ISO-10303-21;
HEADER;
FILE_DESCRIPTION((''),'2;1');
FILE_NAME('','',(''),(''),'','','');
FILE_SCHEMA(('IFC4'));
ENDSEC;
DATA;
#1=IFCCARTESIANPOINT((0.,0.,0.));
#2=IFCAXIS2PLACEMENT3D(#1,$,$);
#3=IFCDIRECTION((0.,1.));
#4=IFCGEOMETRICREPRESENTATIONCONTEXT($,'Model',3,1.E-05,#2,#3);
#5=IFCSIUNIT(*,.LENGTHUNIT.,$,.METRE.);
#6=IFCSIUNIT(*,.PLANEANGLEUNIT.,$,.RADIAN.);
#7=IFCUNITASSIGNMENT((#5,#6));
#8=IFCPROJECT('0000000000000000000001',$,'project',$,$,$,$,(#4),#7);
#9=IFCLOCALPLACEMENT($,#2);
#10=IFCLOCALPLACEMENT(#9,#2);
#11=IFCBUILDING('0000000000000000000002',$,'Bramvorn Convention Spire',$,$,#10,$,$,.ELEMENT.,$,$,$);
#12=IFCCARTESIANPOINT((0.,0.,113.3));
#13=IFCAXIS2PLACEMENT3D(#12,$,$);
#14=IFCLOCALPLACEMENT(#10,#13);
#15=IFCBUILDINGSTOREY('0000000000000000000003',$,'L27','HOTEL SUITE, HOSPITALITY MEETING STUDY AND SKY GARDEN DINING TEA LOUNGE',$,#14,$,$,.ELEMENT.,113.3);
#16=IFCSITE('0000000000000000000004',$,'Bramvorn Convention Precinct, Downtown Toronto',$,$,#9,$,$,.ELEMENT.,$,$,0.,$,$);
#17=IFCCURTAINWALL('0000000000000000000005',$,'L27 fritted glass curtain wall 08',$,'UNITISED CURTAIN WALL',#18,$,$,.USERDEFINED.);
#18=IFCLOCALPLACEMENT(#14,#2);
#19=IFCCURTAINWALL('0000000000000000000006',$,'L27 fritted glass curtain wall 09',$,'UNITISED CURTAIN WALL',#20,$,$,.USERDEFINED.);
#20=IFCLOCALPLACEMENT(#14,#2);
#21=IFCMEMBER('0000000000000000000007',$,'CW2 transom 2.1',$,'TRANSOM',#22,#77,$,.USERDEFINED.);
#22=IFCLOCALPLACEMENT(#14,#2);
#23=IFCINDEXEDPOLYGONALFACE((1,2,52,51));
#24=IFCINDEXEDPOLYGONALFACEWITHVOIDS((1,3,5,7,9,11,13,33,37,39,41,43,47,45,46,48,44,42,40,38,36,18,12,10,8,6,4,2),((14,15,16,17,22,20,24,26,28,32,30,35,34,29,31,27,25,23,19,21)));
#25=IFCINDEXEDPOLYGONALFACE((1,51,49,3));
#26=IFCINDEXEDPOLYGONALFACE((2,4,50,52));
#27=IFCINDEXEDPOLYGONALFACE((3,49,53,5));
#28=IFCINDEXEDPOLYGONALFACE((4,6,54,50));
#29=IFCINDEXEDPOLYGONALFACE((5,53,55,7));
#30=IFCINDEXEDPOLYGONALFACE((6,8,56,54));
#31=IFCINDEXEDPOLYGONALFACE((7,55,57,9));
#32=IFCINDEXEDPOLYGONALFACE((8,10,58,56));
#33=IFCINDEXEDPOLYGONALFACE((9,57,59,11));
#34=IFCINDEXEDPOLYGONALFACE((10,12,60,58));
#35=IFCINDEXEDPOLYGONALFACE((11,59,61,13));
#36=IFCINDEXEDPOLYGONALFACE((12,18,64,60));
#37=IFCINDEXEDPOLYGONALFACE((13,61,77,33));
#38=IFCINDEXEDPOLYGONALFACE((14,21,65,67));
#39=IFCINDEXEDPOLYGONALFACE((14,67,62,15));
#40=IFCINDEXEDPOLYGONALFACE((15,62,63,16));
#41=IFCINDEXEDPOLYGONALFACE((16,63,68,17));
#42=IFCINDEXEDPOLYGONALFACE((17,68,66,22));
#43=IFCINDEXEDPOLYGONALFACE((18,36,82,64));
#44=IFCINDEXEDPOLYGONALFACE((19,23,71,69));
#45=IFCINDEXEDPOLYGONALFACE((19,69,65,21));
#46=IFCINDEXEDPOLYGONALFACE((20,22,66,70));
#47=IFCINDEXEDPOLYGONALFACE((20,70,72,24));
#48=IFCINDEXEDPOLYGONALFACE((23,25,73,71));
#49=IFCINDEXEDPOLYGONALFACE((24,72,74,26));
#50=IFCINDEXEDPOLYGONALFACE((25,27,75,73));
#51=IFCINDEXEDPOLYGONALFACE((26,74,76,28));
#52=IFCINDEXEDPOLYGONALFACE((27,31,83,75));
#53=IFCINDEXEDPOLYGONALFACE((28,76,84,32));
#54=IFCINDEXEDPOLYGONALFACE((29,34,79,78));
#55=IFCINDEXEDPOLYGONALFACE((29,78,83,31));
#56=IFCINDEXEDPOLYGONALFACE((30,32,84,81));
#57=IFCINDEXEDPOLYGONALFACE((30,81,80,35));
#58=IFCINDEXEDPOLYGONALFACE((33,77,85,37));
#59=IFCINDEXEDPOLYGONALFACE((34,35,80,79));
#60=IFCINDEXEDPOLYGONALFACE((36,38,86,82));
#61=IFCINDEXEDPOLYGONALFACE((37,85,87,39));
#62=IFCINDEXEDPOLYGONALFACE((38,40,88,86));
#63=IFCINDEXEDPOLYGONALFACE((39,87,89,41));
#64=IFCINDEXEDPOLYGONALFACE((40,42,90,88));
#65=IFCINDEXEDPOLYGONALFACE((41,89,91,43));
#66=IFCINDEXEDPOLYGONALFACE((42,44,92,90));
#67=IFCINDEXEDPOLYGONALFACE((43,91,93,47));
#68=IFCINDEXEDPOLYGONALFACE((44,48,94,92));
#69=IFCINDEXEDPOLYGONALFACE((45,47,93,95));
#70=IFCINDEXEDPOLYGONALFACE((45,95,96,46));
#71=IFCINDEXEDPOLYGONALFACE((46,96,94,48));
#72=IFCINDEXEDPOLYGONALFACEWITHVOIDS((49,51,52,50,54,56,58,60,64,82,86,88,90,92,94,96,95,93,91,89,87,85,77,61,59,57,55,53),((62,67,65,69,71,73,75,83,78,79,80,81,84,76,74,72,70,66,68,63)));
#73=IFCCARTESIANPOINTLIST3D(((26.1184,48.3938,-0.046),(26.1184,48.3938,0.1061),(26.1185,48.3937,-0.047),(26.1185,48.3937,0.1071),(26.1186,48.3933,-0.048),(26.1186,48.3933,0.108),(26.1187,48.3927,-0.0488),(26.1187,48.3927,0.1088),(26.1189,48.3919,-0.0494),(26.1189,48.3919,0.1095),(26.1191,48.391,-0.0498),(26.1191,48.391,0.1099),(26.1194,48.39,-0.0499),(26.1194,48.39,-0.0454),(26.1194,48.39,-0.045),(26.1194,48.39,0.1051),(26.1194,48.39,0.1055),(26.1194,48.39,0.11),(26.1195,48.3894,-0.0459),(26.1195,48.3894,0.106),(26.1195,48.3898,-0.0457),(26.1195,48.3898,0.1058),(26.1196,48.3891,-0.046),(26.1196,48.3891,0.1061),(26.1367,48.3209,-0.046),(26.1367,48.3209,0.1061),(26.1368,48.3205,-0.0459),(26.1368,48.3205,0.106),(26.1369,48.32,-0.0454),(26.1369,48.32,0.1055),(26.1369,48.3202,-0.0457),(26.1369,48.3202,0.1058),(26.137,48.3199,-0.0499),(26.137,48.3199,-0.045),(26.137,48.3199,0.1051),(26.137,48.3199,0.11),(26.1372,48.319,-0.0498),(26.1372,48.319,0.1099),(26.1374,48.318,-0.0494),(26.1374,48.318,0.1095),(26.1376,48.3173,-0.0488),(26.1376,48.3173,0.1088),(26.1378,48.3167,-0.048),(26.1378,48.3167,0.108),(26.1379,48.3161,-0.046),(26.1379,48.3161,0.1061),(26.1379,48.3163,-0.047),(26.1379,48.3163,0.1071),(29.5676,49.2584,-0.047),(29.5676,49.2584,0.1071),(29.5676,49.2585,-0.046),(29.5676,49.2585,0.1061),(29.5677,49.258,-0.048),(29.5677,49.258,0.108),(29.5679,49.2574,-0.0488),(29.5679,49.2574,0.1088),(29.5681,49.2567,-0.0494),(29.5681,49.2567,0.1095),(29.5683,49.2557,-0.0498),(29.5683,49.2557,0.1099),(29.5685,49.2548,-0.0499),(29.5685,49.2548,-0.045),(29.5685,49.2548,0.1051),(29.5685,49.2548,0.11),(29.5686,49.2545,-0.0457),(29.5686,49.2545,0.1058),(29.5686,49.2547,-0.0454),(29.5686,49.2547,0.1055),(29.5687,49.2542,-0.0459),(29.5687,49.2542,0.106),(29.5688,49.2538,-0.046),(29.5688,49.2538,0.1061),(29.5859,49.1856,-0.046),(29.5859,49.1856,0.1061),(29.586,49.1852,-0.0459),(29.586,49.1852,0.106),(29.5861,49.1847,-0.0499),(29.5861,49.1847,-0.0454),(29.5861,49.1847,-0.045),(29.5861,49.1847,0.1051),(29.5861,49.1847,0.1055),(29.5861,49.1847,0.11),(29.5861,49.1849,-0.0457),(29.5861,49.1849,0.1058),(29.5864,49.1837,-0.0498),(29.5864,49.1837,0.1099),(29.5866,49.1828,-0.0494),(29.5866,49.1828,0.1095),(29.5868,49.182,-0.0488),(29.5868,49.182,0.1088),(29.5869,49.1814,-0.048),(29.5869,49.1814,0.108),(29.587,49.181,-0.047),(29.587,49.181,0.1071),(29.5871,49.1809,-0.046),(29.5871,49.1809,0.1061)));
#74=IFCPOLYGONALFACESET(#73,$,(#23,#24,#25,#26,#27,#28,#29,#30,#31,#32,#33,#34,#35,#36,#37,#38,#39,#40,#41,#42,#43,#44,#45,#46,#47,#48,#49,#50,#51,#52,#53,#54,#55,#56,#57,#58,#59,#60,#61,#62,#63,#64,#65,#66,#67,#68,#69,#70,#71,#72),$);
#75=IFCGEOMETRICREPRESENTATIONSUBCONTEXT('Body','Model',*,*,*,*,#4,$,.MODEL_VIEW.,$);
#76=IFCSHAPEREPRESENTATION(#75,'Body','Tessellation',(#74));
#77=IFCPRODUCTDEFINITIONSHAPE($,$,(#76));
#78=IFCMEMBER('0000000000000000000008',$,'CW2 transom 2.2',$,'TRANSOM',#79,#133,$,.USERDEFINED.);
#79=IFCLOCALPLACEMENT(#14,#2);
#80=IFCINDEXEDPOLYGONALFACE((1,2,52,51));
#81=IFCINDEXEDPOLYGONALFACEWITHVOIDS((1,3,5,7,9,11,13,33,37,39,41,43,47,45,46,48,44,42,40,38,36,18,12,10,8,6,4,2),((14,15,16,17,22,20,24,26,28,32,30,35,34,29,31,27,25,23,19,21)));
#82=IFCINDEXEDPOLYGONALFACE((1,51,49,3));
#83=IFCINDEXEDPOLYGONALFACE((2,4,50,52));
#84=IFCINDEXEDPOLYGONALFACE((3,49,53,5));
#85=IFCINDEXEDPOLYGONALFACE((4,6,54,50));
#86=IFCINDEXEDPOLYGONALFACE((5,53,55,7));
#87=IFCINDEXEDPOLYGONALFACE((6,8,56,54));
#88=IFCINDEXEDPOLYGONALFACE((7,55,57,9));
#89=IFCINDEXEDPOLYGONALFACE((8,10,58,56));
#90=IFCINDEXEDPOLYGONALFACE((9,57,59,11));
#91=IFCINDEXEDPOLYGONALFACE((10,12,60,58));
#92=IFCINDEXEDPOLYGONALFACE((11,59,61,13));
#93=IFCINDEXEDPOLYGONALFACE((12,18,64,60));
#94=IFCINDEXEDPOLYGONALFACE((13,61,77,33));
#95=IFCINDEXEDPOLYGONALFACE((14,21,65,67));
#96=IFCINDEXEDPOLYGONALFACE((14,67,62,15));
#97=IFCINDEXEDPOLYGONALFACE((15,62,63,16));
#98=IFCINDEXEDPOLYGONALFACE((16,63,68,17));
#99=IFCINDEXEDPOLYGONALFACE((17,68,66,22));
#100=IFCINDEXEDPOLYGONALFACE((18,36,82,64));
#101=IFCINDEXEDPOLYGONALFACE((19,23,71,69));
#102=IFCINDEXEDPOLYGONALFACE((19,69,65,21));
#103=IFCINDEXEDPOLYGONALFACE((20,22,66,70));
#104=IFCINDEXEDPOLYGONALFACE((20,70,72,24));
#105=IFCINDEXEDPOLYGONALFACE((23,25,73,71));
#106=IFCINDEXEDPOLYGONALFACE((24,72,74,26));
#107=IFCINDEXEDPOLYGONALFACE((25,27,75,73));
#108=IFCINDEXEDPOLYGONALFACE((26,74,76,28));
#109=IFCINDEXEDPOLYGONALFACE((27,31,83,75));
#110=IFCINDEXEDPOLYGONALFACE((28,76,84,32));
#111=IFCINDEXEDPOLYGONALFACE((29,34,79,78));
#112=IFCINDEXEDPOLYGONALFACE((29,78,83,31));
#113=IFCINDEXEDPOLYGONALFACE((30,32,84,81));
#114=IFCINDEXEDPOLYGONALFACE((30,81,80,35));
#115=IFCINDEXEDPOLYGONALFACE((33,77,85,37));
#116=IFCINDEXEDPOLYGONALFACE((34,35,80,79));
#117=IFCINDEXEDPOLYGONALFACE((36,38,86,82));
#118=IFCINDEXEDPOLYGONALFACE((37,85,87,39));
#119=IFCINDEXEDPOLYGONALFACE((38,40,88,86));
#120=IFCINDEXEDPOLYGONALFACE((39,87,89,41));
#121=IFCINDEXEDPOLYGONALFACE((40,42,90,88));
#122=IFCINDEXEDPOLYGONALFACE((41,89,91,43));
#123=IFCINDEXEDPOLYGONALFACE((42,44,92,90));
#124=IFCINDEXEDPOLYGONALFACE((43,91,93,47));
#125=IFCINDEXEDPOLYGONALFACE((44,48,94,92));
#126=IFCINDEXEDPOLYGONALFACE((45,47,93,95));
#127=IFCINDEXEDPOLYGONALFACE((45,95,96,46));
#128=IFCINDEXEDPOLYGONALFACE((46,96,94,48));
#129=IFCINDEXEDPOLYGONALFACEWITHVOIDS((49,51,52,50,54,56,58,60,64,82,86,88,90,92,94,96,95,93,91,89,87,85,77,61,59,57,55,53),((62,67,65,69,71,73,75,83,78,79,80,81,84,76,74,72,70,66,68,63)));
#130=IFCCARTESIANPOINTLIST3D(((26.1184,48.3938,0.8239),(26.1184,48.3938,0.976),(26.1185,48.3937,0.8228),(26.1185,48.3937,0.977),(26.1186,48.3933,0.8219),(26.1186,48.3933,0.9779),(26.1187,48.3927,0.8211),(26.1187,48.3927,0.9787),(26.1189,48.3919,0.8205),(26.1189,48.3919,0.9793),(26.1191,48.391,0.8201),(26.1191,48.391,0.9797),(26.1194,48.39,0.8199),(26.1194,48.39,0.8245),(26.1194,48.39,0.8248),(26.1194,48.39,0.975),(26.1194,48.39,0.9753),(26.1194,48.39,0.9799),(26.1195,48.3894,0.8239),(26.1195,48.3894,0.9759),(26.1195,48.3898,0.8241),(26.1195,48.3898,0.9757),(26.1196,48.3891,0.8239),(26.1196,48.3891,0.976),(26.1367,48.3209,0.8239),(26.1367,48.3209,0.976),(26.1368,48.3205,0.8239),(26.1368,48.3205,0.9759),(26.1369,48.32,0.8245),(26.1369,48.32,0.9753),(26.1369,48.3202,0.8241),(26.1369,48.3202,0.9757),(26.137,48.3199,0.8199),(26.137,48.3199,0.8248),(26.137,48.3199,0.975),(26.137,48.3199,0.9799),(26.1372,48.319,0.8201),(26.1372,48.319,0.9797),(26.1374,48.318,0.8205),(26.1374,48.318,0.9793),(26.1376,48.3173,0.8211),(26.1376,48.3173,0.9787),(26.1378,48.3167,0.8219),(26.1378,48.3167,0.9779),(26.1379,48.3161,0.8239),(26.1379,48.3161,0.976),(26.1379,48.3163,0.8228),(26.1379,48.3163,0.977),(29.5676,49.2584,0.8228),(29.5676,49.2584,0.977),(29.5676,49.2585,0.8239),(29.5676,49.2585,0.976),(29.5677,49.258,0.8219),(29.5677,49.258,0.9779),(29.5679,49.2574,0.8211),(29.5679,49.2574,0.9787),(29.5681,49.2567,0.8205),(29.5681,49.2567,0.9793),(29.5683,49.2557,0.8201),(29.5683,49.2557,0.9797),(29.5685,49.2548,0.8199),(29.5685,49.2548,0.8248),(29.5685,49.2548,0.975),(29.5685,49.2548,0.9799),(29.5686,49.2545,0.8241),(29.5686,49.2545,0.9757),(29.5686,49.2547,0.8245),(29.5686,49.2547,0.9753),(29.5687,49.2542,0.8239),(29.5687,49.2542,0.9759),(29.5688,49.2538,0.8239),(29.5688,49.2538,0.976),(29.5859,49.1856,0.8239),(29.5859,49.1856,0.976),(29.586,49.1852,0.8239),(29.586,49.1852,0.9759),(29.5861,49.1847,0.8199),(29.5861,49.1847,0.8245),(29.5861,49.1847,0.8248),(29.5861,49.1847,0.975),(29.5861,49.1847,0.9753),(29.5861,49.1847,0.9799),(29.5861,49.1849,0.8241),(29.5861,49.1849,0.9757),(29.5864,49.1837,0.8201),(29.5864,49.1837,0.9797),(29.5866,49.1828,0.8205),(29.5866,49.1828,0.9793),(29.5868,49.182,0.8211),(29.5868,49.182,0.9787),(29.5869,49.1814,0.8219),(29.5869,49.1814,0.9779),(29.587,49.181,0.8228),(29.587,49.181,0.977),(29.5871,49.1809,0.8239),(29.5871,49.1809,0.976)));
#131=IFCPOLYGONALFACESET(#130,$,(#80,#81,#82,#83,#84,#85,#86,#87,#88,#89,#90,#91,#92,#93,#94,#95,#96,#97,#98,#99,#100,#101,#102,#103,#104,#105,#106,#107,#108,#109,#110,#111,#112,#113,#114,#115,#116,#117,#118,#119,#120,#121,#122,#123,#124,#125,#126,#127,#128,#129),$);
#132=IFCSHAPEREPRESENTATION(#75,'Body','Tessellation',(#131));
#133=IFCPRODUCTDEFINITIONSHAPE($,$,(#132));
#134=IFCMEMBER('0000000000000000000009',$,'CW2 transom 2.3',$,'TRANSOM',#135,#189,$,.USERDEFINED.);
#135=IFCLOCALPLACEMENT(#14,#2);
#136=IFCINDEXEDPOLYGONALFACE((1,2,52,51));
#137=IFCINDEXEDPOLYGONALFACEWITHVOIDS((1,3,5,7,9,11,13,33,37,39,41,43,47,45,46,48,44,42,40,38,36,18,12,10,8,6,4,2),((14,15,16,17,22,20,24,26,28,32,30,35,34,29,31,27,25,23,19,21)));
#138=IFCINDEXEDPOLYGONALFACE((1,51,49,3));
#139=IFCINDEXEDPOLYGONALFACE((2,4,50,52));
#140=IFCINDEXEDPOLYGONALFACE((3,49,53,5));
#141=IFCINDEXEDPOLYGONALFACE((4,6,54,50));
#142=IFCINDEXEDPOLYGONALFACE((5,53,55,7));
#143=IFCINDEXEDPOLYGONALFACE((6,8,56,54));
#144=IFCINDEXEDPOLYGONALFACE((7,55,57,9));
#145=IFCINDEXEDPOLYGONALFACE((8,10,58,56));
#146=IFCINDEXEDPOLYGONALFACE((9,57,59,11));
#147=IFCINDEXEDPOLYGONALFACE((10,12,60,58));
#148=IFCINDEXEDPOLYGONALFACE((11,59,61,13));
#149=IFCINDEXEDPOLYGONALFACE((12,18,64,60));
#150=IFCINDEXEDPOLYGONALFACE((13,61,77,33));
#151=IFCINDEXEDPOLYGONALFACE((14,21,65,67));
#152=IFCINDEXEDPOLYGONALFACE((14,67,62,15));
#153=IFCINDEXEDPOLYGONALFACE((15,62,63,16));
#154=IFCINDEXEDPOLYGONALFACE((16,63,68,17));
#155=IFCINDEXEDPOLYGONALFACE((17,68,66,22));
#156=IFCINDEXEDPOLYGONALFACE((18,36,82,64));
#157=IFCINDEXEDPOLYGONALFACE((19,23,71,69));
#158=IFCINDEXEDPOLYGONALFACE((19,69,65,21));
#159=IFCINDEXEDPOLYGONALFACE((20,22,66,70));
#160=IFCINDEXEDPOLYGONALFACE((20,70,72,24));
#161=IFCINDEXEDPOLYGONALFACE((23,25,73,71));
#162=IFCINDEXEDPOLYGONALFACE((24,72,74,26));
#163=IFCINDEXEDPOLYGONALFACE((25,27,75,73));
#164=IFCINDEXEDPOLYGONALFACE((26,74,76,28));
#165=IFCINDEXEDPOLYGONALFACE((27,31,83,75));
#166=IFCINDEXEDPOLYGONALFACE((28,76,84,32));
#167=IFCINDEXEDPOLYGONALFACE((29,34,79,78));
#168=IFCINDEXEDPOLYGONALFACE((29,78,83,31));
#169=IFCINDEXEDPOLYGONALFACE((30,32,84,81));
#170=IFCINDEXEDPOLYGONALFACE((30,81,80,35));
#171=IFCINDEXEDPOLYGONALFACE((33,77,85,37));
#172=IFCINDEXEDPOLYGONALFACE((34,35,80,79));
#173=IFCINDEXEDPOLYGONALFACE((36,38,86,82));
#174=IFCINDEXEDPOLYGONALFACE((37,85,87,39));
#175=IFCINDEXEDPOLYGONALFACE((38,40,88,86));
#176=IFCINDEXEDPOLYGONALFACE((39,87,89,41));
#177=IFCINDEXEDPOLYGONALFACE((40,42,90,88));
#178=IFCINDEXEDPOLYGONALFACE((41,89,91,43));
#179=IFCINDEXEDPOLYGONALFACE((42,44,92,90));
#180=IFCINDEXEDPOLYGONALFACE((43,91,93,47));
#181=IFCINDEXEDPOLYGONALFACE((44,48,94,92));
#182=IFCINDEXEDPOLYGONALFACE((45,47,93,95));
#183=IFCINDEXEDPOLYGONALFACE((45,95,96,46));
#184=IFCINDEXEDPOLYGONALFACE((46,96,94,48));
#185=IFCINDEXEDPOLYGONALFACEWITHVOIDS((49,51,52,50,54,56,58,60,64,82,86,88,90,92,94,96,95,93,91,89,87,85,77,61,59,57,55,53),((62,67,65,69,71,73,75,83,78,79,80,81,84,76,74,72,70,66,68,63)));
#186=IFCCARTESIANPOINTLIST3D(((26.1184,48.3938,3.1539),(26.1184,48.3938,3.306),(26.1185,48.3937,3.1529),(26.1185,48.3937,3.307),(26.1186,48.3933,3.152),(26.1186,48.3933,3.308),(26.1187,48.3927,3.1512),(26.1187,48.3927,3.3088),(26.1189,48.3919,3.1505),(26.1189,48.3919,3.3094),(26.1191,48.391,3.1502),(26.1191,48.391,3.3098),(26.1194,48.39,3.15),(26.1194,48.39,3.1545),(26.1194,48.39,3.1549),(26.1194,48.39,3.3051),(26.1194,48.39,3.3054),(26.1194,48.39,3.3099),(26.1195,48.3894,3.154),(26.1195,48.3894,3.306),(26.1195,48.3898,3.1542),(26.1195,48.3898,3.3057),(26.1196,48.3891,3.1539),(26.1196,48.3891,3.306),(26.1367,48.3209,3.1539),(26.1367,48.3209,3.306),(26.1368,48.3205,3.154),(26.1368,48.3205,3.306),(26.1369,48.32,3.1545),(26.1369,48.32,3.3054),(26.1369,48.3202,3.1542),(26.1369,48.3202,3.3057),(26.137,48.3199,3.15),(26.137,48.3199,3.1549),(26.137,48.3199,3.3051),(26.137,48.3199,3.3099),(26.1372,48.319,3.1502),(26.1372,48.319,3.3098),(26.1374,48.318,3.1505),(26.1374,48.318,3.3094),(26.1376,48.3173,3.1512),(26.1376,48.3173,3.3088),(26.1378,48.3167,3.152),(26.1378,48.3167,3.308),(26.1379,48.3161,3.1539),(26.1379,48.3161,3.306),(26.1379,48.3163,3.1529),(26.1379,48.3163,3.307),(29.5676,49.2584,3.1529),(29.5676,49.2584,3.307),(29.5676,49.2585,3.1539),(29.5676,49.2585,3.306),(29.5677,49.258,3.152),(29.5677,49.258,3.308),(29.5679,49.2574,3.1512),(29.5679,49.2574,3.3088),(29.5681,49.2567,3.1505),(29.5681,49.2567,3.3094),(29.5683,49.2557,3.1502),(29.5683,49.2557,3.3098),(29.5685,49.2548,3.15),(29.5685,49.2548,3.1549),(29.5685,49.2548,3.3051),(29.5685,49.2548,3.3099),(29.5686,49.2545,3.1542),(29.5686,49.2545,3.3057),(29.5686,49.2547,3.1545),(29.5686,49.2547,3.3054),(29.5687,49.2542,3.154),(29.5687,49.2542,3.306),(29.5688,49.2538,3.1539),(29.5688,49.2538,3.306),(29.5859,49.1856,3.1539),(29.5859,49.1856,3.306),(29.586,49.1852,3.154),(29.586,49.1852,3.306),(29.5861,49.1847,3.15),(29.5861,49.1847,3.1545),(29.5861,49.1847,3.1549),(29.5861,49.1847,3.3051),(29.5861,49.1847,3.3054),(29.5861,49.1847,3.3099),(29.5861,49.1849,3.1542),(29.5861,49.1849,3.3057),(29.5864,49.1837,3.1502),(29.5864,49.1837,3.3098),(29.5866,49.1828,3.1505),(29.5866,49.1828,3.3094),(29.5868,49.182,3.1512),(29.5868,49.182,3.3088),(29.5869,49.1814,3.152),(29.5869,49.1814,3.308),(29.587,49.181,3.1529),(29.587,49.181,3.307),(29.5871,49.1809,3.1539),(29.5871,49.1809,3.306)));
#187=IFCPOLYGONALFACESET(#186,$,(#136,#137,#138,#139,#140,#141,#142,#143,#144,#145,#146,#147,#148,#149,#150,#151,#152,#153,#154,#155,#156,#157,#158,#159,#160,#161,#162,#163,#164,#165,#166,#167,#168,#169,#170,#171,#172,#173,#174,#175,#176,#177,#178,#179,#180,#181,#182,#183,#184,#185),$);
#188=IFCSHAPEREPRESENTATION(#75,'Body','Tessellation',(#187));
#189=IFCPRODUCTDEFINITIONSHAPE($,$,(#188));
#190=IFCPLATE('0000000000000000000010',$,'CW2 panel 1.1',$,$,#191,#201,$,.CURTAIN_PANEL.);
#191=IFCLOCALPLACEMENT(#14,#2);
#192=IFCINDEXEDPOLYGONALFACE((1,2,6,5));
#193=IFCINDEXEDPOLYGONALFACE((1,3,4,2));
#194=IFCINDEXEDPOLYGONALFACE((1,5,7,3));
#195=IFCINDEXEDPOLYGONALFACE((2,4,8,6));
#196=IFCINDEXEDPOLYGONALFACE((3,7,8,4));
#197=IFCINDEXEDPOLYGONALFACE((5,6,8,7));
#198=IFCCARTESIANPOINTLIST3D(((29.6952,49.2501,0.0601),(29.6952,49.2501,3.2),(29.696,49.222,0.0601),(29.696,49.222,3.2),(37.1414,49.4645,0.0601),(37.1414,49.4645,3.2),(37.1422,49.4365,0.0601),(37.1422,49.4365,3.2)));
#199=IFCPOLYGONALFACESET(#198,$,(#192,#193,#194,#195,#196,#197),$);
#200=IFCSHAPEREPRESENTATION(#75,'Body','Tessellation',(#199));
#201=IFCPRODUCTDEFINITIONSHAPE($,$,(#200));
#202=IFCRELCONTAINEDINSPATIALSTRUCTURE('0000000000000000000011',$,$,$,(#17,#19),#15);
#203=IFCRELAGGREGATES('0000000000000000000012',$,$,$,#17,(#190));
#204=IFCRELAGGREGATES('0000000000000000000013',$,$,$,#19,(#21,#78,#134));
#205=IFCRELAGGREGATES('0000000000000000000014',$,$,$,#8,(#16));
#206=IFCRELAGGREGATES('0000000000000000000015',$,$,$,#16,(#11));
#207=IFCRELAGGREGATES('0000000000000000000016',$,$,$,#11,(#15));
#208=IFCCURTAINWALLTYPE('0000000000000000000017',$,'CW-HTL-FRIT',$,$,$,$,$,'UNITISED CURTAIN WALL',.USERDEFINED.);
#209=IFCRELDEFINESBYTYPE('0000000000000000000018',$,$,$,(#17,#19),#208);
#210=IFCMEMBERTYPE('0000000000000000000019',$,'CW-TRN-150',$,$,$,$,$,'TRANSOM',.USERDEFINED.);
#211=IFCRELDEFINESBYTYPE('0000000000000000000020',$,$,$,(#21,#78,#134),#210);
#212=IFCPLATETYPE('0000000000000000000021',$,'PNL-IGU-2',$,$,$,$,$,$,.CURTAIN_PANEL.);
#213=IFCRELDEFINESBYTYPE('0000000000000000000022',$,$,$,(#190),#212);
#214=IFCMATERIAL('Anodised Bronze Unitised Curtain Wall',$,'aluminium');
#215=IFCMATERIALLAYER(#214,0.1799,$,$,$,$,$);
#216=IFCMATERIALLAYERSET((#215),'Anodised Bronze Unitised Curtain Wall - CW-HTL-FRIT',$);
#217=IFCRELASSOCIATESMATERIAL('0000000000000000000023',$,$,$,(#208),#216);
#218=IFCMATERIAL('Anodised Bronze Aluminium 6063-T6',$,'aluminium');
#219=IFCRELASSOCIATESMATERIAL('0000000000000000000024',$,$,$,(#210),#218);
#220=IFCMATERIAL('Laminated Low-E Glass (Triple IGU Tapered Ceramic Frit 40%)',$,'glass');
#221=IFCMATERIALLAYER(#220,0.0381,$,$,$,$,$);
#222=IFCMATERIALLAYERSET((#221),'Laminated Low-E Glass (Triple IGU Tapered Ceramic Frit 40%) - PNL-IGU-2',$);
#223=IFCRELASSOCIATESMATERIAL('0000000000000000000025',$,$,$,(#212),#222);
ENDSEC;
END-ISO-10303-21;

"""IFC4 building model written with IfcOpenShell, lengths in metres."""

from ifc_helpers import new_model, si_unit, direction, frame, origin, origin_2d, place, context, subcontext, project, spatial, rectangle, hollow_rectangle, extrude, material, layer, layer_set, material_profile, profile_set, type_object, element, aggregate, save


model = new_model("IFC4")

# Units and contexts
model_context = context("Model", 3, precision=1e-05, world=origin(), true_north=direction((0.0, 1.0)))
body_context = subcontext(model_context, "Body", "Model", "MODEL_VIEW")
ifc_project = project(units=[si_unit("LENGTHUNIT", "METRE"), si_unit("PLANEANGLEUNIT", "RADIAN")], contexts=[model_context])

# Site, building, storey
site_placement = place(None, origin())
site = spatial("IfcSite", under=ifc_project, at=site_placement, Name="Bramvorn Convention Precinct, Downtown Toronto", CompositionType="ELEMENT", RefElevation=0.0)
building_placement = place(site_placement, origin())
building = spatial("IfcBuilding", under=site, at=building_placement, Name="Bramvorn Convention Spire", CompositionType="ELEMENT")
storey_placement = place(building_placement, frame((0.0, 0.0, 113.3)))
storey = spatial("IfcBuildingStorey", under=building, at=storey_placement, Name="L27", Description="HOTEL SUITE, HOSPITALITY MEETING STUDY AND SKY GARDEN DINING TEA LOUNGE", CompositionType="ELEMENT", Elevation=113.3)

# Curtain wall
ifc_material_1 = material(Name="Anodised Bronze Unitised Curtain Wall", Category="aluminium")
ifc_layer_1 = layer(ifc_material_1, 0.1799)
ifc_layer_set_1 = layer_set([ifc_layer_1], Name="Anodised Bronze Unitised Curtain Wall - CW-HTL-FRIT")
curtain_wall_type = type_object("IfcCurtainWallType", Name="CW-HTL-FRIT", ElementType="UNITISED CURTAIN WALL", PredefinedType="USERDEFINED", material=ifc_layer_set_1)
curtain_wall_1_placement = place(storey_placement, origin())
curtain_wall_1 = element("IfcCurtainWall", 1, at=curtain_wall_1_placement, inside=storey, type_object=curtain_wall_type, Name="L27 fritted glass curtain wall 08", ObjectType="UNITISED CURTAIN WALL", PredefinedType="USERDEFINED")
ifc_material_2 = material(Name="Anodised Bronze Aluminium 6063-T6", Category="aluminium")

# Curtain wall
curtain_wall_2_placement = place(storey_placement, origin())
curtain_wall_2 = element("IfcCurtainWall", 2, at=curtain_wall_2_placement, inside=storey, type_object=curtain_wall_type, Name="L27 fritted glass curtain wall 09", ObjectType="UNITISED CURTAIN WALL", PredefinedType="USERDEFINED")

# Members
ifc_material_profile_1 = material_profile(ifc_material_2, hollow_rectangle(XDim=0.0801, YDim=0.1599, WallThickness=0.0039, InnerFilletRadius=0.001, OuterFilletRadius=0.0039, at=origin_2d()))
ifc_profile_set_1 = profile_set([ifc_material_profile_1], Name="Anodised Bronze Aluminium 6063-T6 - CWT80X160")
member_type_1 = type_object("IfcMemberType", Name="CW-TRN-150", ElementType="TRANSOM", PredefinedType="USERDEFINED", material=ifc_profile_set_1)
member_1_placement = place(storey_placement, frame((26.1282, 48.355, 0.03), z_axis=(0.969981, 0.243182, 0.0), x_axis=(-0.243182, 0.969981, 0.0)))
member_1 = element("IfcMember", 3, at=member_1_placement, type_object=member_type_1, Name="CW2 transom 2.1", ObjectType="TRANSOM", PredefinedType="USERDEFINED", context=body_context, shape_type="SweptSolid", body=[
    extrude(hollow_rectangle(XDim=0.0801, YDim=0.1599, WallThickness=0.0039, InnerFilletRadius=0.001, OuterFilletRadius=0.0039, at=origin_2d()), origin(), (0.0, 0.0, 1.0), 3.5559),
])
member_2_placement = place(storey_placement, frame((26.1282, 48.355, 0.8999), z_axis=(0.969981, 0.243182, 0.0), x_axis=(-0.243182, 0.969981, 0.0)))
member_2 = element("IfcMember", 4, at=member_2_placement, type_object=member_type_1, Name="CW2 transom 2.2", ObjectType="TRANSOM", PredefinedType="USERDEFINED", context=body_context, shape_type="SweptSolid", body=[
    extrude(hollow_rectangle(XDim=0.0801, YDim=0.1599, WallThickness=0.0039, InnerFilletRadius=0.001, OuterFilletRadius=0.0039, at=origin_2d()), origin(), (0.0, 0.0, 1.0), 3.5559),
])
member_3_placement = place(storey_placement, frame((26.1282, 48.355, 3.23), z_axis=(0.969981, 0.243182, 0.0), x_axis=(-0.243182, 0.969981, 0.0)))
member_3 = element("IfcMember", 5, at=member_3_placement, type_object=member_type_1, Name="CW2 transom 2.3", ObjectType="TRANSOM", PredefinedType="USERDEFINED", context=body_context, shape_type="SweptSolid", body=[
    extrude(hollow_rectangle(XDim=0.0801, YDim=0.1599, WallThickness=0.0039, InnerFilletRadius=0.001, OuterFilletRadius=0.0039, at=origin_2d()), origin(), (0.0, 0.0, 1.0), 3.5559),
])

# Plate
ifc_material_3 = material(Name="Laminated Low-E Glass (Triple IGU Tapered Ceramic Frit 40%)", Category="glass")
ifc_layer_2 = layer(ifc_material_3, 0.0381)
ifc_layer_set_2 = layer_set([ifc_layer_2], Name="Laminated Low-E Glass (Triple IGU Tapered Ceramic Frit 40%) - PNL-IGU-2")
plate_type = type_object("IfcPlateType", Name="PNL-IGU-2", PredefinedType="CURTAIN_PANEL", material=ifc_layer_set_2)
plate_1_placement = place(storey_placement, frame((33.4187, 49.3433, 0.0601), z_axis=(0.0, 0.0, 1.0), x_axis=(0.999586, 0.028788, 0.0)))
plate_1 = element("IfcPlate", 6, at=plate_1_placement, type_object=plate_type, Name="CW2 panel 1.1", PredefinedType="CURTAIN_PANEL", context=body_context, shape_type="SweptSolid", body=[
    extrude(rectangle(XDim=7.4492, YDim=0.0281, at=origin_2d()), origin(), (0.0, 0.0, 1.0), 3.1399),
])
aggregate(curtain_wall_1, [plate_1])
aggregate(curtain_wall_2, [member_1, member_2, member_3])

save(model, "model.ifc")
